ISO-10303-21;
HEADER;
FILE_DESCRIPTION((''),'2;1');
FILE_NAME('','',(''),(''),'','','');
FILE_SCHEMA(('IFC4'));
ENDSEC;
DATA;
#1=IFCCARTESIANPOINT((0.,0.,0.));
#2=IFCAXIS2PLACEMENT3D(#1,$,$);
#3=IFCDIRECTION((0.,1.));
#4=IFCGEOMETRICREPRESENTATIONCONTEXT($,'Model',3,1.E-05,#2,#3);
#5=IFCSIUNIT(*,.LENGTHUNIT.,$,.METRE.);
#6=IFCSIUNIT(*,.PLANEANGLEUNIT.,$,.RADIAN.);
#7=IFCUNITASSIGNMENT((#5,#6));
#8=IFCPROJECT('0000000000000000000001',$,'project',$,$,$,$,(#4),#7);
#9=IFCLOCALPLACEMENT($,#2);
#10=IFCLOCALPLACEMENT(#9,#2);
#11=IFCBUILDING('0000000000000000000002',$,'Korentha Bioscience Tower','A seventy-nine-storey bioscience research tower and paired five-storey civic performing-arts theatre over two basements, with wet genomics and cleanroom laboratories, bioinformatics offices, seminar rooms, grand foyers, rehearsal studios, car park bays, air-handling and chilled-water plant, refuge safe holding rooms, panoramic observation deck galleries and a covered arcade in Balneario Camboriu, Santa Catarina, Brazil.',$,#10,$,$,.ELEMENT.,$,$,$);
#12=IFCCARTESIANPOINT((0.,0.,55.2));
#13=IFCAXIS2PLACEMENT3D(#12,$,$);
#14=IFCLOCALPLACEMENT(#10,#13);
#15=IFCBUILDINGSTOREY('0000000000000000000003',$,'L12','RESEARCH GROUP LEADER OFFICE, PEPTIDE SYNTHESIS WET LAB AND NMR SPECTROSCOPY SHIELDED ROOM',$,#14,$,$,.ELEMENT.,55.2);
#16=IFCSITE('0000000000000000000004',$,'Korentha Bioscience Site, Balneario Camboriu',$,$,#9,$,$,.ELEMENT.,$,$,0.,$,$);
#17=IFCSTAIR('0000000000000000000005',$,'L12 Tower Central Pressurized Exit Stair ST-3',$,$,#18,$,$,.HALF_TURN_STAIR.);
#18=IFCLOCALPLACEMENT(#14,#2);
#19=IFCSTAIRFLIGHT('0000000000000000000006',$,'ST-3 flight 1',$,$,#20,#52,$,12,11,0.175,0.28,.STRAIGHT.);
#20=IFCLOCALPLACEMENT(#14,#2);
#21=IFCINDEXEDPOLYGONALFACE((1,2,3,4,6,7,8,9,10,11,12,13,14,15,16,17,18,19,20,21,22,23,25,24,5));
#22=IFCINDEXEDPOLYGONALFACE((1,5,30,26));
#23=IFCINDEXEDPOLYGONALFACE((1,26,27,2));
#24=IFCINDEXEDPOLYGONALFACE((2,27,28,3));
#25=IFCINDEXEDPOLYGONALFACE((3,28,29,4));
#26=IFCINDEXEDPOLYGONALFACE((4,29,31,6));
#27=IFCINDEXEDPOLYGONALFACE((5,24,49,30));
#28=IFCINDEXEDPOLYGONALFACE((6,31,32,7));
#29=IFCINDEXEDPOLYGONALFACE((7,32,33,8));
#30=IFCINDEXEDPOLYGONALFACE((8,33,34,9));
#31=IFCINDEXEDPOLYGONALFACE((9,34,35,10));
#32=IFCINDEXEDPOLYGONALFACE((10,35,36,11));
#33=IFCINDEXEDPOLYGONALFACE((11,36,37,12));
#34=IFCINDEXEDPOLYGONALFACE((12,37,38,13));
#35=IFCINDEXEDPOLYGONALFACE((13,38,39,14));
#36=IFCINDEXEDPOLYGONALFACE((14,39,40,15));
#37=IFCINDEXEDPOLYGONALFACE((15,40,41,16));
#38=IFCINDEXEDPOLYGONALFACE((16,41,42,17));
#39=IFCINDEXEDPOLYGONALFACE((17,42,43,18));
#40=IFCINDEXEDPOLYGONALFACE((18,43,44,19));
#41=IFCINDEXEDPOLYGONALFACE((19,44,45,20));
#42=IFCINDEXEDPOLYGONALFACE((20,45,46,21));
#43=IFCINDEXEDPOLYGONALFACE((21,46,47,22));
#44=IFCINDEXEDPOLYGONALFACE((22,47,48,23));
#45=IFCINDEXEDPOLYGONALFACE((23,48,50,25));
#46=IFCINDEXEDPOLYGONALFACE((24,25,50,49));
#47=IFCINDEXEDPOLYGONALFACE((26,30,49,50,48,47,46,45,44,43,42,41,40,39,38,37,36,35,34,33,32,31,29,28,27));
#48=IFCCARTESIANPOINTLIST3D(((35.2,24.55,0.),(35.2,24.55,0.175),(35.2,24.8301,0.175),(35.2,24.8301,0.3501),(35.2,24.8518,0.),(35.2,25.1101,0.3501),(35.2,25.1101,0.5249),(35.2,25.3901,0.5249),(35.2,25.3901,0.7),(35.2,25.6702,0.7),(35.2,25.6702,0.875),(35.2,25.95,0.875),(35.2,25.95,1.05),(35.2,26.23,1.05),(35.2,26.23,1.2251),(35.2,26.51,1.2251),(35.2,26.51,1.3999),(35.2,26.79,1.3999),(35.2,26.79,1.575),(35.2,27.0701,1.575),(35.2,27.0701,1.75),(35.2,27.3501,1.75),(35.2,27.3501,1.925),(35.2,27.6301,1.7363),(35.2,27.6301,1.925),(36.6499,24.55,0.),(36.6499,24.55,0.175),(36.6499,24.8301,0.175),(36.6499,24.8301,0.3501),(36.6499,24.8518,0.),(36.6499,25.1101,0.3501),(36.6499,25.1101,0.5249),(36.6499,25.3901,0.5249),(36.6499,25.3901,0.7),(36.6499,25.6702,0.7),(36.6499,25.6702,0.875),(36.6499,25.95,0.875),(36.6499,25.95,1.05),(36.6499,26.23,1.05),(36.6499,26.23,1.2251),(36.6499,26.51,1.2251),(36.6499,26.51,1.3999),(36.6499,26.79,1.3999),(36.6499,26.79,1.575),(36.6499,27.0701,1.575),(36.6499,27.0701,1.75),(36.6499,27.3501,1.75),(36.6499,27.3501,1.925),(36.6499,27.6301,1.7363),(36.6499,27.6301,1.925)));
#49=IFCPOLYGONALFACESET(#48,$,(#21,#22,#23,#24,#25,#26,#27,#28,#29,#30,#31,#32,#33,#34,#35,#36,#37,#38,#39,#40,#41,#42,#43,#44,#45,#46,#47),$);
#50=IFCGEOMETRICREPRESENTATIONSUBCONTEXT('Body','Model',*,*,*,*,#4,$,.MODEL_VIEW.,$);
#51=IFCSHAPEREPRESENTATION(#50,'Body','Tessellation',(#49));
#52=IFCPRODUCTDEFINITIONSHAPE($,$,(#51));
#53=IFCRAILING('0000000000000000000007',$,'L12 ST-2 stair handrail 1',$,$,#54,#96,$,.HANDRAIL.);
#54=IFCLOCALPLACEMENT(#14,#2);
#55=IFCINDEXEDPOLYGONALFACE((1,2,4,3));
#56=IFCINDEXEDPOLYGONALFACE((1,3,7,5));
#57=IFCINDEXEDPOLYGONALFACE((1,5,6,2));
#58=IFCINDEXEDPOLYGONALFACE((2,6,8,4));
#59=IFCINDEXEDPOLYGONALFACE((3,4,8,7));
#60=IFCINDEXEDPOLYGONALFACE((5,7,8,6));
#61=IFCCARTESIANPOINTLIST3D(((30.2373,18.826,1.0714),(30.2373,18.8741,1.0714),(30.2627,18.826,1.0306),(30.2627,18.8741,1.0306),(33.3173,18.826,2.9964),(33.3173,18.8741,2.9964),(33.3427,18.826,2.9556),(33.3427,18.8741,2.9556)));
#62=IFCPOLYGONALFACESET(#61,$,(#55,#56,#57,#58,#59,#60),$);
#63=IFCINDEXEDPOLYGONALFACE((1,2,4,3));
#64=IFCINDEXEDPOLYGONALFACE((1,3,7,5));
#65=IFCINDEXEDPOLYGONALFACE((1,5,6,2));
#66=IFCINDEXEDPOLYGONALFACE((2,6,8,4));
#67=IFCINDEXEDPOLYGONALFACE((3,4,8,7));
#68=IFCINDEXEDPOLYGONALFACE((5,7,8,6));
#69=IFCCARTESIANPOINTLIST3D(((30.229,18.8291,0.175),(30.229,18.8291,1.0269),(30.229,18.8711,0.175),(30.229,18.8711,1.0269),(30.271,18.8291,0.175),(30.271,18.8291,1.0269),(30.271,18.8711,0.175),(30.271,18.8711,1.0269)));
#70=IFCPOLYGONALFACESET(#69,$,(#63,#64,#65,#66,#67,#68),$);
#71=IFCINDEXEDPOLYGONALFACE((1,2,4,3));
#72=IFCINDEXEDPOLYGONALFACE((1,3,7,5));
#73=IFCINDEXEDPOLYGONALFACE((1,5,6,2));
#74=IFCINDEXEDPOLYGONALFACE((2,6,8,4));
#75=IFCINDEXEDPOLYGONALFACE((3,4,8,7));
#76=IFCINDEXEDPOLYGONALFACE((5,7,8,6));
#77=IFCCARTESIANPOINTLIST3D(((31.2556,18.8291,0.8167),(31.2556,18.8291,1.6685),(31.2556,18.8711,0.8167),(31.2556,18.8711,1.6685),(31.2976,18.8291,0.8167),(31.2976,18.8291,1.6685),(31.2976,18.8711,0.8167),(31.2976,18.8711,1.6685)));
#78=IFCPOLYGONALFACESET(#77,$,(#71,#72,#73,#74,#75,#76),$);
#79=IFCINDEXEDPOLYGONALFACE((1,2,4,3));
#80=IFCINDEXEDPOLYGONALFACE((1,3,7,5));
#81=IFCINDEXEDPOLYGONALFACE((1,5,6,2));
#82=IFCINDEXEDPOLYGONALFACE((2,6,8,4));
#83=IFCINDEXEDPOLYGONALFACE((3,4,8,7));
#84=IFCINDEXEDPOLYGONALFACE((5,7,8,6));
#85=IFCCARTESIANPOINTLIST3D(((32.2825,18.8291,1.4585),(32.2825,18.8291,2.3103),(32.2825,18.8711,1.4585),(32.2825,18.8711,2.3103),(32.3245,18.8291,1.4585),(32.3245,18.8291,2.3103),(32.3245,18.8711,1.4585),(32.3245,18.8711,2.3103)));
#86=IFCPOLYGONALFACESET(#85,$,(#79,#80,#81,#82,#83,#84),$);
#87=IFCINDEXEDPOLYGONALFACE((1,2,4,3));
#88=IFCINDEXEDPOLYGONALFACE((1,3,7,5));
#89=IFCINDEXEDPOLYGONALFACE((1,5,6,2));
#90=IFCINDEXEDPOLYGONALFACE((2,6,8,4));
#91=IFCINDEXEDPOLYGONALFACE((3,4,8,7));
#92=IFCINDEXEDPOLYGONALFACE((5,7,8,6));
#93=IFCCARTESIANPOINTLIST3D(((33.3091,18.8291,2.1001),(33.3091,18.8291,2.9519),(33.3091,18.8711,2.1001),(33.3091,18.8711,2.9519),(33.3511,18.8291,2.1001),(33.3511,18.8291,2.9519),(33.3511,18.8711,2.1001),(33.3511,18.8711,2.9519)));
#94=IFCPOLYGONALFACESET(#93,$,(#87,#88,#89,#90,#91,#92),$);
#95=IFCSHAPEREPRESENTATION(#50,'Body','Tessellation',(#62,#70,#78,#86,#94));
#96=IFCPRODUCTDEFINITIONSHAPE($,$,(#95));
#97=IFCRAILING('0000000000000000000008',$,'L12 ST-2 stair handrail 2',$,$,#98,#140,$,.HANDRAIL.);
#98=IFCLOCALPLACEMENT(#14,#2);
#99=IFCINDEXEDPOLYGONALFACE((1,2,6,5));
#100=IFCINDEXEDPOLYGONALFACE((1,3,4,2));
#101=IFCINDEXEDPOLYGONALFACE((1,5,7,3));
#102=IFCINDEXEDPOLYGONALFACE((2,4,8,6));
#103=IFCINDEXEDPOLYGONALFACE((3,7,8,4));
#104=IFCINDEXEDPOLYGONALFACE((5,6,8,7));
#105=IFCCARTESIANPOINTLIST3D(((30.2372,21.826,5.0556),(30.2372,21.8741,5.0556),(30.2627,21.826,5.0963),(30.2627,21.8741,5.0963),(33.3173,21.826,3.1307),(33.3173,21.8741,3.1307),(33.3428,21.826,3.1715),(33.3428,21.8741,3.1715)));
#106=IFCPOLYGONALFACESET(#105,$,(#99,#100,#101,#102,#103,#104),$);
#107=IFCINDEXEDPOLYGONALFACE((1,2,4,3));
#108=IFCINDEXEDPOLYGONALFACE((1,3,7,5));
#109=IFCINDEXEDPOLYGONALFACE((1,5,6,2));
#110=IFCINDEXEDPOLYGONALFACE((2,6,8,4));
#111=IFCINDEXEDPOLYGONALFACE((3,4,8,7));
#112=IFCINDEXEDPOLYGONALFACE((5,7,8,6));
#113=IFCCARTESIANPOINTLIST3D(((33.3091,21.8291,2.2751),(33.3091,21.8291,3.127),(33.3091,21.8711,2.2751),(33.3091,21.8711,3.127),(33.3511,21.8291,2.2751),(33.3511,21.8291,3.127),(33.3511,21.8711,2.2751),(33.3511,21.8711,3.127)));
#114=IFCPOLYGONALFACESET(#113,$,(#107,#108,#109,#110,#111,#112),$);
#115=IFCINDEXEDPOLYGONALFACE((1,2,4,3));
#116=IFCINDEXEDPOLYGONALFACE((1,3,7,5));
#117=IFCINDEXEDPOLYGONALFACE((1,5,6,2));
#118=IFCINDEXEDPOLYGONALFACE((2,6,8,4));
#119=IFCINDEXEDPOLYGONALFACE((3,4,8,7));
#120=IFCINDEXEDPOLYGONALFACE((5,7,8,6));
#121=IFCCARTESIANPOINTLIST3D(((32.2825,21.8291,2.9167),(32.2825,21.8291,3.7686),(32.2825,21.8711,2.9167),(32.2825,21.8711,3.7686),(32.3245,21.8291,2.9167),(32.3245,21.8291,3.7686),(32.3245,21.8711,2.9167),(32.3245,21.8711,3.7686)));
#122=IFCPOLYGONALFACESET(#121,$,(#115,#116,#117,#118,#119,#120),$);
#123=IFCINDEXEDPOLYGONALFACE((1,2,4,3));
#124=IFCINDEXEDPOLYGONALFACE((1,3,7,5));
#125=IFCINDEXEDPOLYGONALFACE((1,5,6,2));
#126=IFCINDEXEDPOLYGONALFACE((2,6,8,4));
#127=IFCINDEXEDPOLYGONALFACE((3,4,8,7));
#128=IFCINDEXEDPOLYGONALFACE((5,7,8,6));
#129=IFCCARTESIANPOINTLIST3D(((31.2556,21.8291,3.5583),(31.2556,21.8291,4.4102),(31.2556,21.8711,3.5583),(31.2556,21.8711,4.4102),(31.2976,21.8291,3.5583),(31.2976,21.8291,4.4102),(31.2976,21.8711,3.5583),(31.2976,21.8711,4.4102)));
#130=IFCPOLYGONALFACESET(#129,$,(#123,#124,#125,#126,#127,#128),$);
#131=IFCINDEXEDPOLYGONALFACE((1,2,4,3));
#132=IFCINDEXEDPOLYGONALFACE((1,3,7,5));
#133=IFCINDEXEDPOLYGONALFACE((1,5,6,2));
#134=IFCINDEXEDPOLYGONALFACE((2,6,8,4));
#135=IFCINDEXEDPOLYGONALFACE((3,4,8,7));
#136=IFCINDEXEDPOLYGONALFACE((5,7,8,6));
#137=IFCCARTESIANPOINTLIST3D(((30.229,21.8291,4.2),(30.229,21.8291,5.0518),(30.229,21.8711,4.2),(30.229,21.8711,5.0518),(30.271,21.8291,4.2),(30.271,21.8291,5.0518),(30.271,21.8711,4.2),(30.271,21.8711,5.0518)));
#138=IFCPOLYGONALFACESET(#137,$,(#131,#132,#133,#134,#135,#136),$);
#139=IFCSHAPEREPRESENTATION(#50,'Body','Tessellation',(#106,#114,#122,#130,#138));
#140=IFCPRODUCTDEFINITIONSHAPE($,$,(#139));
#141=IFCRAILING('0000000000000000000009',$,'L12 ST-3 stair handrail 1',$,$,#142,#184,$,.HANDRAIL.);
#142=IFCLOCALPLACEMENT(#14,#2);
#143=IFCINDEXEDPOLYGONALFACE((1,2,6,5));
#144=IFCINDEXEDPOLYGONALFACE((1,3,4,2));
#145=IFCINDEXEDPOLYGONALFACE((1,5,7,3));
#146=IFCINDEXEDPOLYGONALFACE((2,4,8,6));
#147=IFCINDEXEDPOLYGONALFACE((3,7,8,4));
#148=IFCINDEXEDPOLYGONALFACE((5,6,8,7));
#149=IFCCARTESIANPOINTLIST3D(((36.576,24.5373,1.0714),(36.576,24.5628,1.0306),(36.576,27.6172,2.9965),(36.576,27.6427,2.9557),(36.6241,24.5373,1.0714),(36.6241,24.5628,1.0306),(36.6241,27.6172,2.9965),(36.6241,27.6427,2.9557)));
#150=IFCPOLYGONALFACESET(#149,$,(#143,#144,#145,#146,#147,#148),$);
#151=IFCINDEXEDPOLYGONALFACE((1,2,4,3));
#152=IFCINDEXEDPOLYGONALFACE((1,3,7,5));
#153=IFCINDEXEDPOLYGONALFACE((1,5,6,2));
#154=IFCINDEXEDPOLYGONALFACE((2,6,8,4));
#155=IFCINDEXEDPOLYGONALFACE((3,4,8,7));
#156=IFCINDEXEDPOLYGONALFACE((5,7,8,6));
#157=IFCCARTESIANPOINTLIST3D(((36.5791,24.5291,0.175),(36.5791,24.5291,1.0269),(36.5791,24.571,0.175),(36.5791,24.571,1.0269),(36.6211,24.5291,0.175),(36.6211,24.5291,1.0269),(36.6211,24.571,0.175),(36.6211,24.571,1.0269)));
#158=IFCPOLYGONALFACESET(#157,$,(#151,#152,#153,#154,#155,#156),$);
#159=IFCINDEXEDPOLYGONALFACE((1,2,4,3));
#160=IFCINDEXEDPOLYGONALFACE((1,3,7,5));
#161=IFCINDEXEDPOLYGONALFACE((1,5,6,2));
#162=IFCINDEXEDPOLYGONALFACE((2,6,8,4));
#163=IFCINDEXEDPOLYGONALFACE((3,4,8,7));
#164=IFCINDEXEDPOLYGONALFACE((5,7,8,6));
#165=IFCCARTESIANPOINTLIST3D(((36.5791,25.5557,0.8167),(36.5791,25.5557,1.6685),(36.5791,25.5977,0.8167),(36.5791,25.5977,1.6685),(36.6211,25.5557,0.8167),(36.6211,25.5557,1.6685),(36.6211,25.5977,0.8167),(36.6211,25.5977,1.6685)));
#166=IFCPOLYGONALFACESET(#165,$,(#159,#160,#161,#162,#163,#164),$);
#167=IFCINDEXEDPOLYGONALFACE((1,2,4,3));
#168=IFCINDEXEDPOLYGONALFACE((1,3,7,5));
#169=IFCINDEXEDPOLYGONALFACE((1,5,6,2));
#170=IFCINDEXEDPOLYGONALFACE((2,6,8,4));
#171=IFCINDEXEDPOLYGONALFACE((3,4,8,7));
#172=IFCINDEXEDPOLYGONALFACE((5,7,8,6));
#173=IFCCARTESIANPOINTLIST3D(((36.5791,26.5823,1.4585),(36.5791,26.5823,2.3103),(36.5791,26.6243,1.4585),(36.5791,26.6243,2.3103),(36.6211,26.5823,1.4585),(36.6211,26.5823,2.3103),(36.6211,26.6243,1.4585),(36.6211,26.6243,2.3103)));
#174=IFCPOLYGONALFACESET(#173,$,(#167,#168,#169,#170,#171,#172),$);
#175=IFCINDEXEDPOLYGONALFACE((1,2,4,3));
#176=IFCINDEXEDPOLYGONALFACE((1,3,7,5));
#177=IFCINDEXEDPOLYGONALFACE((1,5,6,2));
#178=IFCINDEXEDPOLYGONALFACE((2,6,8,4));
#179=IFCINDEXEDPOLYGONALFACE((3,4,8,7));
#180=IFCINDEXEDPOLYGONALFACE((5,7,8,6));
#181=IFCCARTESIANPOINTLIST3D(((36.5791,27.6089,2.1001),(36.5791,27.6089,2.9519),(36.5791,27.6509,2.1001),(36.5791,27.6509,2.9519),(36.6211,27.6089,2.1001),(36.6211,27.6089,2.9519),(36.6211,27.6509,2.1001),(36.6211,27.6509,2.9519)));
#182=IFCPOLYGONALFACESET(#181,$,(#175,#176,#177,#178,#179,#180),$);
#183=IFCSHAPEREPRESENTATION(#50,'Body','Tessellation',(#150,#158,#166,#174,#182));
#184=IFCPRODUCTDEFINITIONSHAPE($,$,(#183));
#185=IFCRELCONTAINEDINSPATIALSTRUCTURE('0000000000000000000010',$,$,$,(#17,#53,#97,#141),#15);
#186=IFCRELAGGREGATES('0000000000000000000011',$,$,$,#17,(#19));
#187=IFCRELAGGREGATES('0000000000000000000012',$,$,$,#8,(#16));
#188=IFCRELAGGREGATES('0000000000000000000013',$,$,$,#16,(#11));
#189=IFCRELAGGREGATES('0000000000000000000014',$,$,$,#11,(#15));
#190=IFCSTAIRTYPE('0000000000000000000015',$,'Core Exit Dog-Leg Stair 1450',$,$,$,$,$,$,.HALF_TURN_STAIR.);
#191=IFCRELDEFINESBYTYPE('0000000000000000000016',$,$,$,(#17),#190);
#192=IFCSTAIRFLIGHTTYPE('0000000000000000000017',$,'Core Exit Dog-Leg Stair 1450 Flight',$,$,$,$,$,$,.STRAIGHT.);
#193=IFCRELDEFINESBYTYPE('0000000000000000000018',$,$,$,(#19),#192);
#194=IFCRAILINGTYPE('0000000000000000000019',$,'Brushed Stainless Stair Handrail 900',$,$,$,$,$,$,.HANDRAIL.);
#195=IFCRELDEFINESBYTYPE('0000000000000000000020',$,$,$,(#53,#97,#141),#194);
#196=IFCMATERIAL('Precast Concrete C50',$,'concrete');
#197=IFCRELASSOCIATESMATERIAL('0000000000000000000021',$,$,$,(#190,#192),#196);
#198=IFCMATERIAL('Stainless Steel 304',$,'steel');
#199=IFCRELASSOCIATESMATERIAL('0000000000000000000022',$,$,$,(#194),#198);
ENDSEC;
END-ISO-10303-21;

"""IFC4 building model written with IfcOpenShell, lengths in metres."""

from ifc_helpers import new_model, si_unit, direction, frame, origin, origin_2d, place, context, subcontext, project, spatial, polyline, rectangle, outline, extrude, material, type_object, element, aggregate, save


model = new_model("IFC4")

# Units and contexts
model_context = context("Model", 3, precision=1e-05, world=origin(), true_north=direction((0.0, 1.0)))
body_context = subcontext(model_context, "Body", "Model", "MODEL_VIEW")
ifc_project = project(units=[si_unit("LENGTHUNIT", "METRE"), si_unit("PLANEANGLEUNIT", "RADIAN")], contexts=[model_context])

# Site, building, storey
site_placement = place(None, origin())
site = spatial("IfcSite", under=ifc_project, at=site_placement, Name="Korentha Bioscience Site, Balneario Camboriu", CompositionType="ELEMENT", RefElevation=0.0)
building_placement = place(site_placement, origin())
building = spatial("IfcBuilding", under=site, at=building_placement, Name="Korentha Bioscience Tower", Description="A seventy-nine-storey bioscience research tower and paired five-storey civic performing-arts theatre over two basements, with wet genomics and cleanroom laboratories, bioinformatics offices, seminar rooms, grand foyers, rehearsal studios, car park bays, air-handling and chilled-water plant, refuge safe holding rooms, panoramic observation deck galleries and a covered arcade in Balneario Camboriu, Santa Catarina, Brazil.", CompositionType="ELEMENT")
storey_placement = place(building_placement, frame((0.0, 0.0, 55.2)))
storey = spatial("IfcBuildingStorey", under=building, at=storey_placement, Name="L12", Description="RESEARCH GROUP LEADER OFFICE, PEPTIDE SYNTHESIS WET LAB AND NMR SPECTROSCOPY SHIELDED ROOM", CompositionType="ELEMENT", Elevation=55.2)

# Shared definitions
ifc_material_1 = material(Name="Precast Concrete C50", Category="concrete")
stair_type = type_object("IfcStairType", Name="Core Exit Dog-Leg Stair 1450", PredefinedType="HALF_TURN_STAIR", material=ifc_material_1)
stair_flight_type = type_object("IfcStairFlightType", Name="Core Exit Dog-Leg Stair 1450 Flight", PredefinedType="STRAIGHT", material=ifc_material_1)

# Stair, stair flight
stair_1_placement = place(storey_placement, origin())
stair_1 = element("IfcStair", 1, at=stair_1_placement, inside=storey, type_object=stair_type, Name="L12 Tower Central Pressurized Exit Stair ST-3", PredefinedType="HALF_TURN_STAIR")
stair_flight_1_placement = place(storey_placement, frame((35.925, 24.55, 0.0), z_axis=(0.0, 0.0, 1.0), x_axis=(0.0, 1.0, 0.0)))
stair_flight_1 = element("IfcStairFlight", 2, at=stair_flight_1_placement, type_object=stair_flight_type, Name="ST-3 flight 1", NumberOfRisers=12, NumberOfTreads=11, PredefinedType="STRAIGHT", RiserHeight=0.175, TreadLength=0.28, context=body_context, shape_type="SweptSolid", body=[
    extrude(outline(polyline([(0.0, 0.0), (0.0, 0.175), (0.28, 0.175), (0.28, 0.3501), (0.5601, 0.3501), (0.5601, 0.5249), (0.8401, 0.5249), (0.8401, 0.7), (1.1201, 0.7), (1.1201, 0.875), (1.3999, 0.875), (1.3999, 1.05), (1.6799, 1.05), (1.6799, 1.2251), (1.96, 1.2251), (1.96, 1.3999), (2.24, 1.3999), (2.24, 1.575), (2.52, 1.575), (2.52, 1.75), (2.8, 1.75), (2.8, 1.925), (3.0801, 1.925), (3.0801, 2.1001), (3.0801, 1.7363), (0.3018, 0.0), (0.0, 0.0)])), frame((0.0, 0.7251, 0.0), z_axis=(0.0, -1.0, 0.0), x_axis=(1.0, 0.0, 0.0)), (0.0, 0.0, 1.0), 1.45),
])
aggregate(stair_1, [stair_flight_1])

# Railings
ifc_material_2 = material(Name="Stainless Steel 304", Category="steel")
railing_type_1 = type_object("IfcRailingType", Name="Brushed Stainless Stair Handrail 900", PredefinedType="HANDRAIL", material=ifc_material_2)
railing_1_placement = place(storey_placement, frame((30.25, 18.8501, 0.175)))
element("IfcRailing", 3, at=railing_1_placement, inside=storey, type_object=railing_type_1, Name="L12 ST-2 stair handrail 1", PredefinedType="HANDRAIL", context=body_context, shape_type="SweptSolid", body=[
    extrude(rectangle(XDim=0.0481, YDim=0.0481, at=origin_2d()), frame((0.0, 0.0, 0.876), z_axis=(0.847998, 0.0, 0.529999), x_axis=(0.0, 1.0, 0.0)), (0.0, 0.0, 1.0), 3.6321),
    extrude(rectangle(XDim=0.042, YDim=0.042, at=origin_2d()), origin(), (0.0, 0.0, 1.0), 0.8518),
    extrude(rectangle(XDim=0.042, YDim=0.042, at=origin_2d()), frame((1.0266, 0.0, 0.6416)), (0.0, 0.0, 1.0), 0.8518),
    extrude(rectangle(XDim=0.042, YDim=0.042, at=origin_2d()), frame((2.0535, 0.0, 1.2834)), (0.0, 0.0, 1.0), 0.8518),
    extrude(rectangle(XDim=0.042, YDim=0.042, at=origin_2d()), frame((3.0801, 0.0, 1.925)), (0.0, 0.0, 1.0), 0.8518),
])
railing_2_placement = place(storey_placement, frame((33.3301, 21.8501, 2.2751)))
element("IfcRailing", 4, at=railing_2_placement, inside=storey, type_object=railing_type_1, Name="L12 ST-2 stair handrail 2", PredefinedType="HANDRAIL", context=body_context, shape_type="SweptSolid", body=[
    extrude(rectangle(XDim=0.0481, YDim=0.0481, at=origin_2d()), frame((0.0, 0.0, 0.876), z_axis=(-0.848029, 0.0, 0.529951), x_axis=(0.0, -1.0, 0.0)), (0.0, 0.0, 1.0), 3.6321),
    extrude(rectangle(XDim=0.042, YDim=0.042, at=origin_2d()), origin(), (0.0, 0.0, 1.0), 0.8518),
    extrude(rectangle(XDim=0.042, YDim=0.042, at=origin_2d()), frame((-1.0266, 0.0, 0.6416)), (0.0, 0.0, 1.0), 0.8518),
    extrude(rectangle(XDim=0.042, YDim=0.042, at=origin_2d()), frame((-2.0535, 0.0, 1.2832)), (0.0, 0.0, 1.0), 0.8518),
    extrude(rectangle(XDim=0.042, YDim=0.042, at=origin_2d()), frame((-3.0801, 0.0, 1.9248)), (0.0, 0.0, 1.0), 0.8518),
])
railing_3_placement = place(storey_placement, frame((36.6001, 24.55, 0.175)))
element("IfcRailing", 5, at=railing_3_placement, inside=storey, type_object=railing_type_1, Name="L12 ST-3 stair handrail 1", PredefinedType="HANDRAIL", context=body_context, shape_type="SweptSolid", body=[
    extrude(rectangle(XDim=0.0481, YDim=0.0481, at=origin_2d()), frame((0.0, 0.0, 0.876), z_axis=(0.0, 0.847979, 0.530029), x_axis=(-1.0, 0.0, 0.0)), (0.0, 0.0, 1.0), 3.6321),
    extrude(rectangle(XDim=0.042, YDim=0.042, at=origin_2d()), origin(), (0.0, 0.0, 1.0), 0.8518),
    extrude(rectangle(XDim=0.042, YDim=0.042, at=origin_2d()), frame((0.0, 1.0266, 0.6416)), (0.0, 0.0, 1.0), 0.8518),
    extrude(rectangle(XDim=0.042, YDim=0.042, at=origin_2d()), frame((0.0, 2.0532, 1.2834)), (0.0, 0.0, 1.0), 0.8518),
    extrude(rectangle(XDim=0.042, YDim=0.042, at=origin_2d()), frame((0.0, 3.0798, 1.925)), (0.0, 0.0, 1.0), 0.8518),
])

save(model, "model.ifc")
